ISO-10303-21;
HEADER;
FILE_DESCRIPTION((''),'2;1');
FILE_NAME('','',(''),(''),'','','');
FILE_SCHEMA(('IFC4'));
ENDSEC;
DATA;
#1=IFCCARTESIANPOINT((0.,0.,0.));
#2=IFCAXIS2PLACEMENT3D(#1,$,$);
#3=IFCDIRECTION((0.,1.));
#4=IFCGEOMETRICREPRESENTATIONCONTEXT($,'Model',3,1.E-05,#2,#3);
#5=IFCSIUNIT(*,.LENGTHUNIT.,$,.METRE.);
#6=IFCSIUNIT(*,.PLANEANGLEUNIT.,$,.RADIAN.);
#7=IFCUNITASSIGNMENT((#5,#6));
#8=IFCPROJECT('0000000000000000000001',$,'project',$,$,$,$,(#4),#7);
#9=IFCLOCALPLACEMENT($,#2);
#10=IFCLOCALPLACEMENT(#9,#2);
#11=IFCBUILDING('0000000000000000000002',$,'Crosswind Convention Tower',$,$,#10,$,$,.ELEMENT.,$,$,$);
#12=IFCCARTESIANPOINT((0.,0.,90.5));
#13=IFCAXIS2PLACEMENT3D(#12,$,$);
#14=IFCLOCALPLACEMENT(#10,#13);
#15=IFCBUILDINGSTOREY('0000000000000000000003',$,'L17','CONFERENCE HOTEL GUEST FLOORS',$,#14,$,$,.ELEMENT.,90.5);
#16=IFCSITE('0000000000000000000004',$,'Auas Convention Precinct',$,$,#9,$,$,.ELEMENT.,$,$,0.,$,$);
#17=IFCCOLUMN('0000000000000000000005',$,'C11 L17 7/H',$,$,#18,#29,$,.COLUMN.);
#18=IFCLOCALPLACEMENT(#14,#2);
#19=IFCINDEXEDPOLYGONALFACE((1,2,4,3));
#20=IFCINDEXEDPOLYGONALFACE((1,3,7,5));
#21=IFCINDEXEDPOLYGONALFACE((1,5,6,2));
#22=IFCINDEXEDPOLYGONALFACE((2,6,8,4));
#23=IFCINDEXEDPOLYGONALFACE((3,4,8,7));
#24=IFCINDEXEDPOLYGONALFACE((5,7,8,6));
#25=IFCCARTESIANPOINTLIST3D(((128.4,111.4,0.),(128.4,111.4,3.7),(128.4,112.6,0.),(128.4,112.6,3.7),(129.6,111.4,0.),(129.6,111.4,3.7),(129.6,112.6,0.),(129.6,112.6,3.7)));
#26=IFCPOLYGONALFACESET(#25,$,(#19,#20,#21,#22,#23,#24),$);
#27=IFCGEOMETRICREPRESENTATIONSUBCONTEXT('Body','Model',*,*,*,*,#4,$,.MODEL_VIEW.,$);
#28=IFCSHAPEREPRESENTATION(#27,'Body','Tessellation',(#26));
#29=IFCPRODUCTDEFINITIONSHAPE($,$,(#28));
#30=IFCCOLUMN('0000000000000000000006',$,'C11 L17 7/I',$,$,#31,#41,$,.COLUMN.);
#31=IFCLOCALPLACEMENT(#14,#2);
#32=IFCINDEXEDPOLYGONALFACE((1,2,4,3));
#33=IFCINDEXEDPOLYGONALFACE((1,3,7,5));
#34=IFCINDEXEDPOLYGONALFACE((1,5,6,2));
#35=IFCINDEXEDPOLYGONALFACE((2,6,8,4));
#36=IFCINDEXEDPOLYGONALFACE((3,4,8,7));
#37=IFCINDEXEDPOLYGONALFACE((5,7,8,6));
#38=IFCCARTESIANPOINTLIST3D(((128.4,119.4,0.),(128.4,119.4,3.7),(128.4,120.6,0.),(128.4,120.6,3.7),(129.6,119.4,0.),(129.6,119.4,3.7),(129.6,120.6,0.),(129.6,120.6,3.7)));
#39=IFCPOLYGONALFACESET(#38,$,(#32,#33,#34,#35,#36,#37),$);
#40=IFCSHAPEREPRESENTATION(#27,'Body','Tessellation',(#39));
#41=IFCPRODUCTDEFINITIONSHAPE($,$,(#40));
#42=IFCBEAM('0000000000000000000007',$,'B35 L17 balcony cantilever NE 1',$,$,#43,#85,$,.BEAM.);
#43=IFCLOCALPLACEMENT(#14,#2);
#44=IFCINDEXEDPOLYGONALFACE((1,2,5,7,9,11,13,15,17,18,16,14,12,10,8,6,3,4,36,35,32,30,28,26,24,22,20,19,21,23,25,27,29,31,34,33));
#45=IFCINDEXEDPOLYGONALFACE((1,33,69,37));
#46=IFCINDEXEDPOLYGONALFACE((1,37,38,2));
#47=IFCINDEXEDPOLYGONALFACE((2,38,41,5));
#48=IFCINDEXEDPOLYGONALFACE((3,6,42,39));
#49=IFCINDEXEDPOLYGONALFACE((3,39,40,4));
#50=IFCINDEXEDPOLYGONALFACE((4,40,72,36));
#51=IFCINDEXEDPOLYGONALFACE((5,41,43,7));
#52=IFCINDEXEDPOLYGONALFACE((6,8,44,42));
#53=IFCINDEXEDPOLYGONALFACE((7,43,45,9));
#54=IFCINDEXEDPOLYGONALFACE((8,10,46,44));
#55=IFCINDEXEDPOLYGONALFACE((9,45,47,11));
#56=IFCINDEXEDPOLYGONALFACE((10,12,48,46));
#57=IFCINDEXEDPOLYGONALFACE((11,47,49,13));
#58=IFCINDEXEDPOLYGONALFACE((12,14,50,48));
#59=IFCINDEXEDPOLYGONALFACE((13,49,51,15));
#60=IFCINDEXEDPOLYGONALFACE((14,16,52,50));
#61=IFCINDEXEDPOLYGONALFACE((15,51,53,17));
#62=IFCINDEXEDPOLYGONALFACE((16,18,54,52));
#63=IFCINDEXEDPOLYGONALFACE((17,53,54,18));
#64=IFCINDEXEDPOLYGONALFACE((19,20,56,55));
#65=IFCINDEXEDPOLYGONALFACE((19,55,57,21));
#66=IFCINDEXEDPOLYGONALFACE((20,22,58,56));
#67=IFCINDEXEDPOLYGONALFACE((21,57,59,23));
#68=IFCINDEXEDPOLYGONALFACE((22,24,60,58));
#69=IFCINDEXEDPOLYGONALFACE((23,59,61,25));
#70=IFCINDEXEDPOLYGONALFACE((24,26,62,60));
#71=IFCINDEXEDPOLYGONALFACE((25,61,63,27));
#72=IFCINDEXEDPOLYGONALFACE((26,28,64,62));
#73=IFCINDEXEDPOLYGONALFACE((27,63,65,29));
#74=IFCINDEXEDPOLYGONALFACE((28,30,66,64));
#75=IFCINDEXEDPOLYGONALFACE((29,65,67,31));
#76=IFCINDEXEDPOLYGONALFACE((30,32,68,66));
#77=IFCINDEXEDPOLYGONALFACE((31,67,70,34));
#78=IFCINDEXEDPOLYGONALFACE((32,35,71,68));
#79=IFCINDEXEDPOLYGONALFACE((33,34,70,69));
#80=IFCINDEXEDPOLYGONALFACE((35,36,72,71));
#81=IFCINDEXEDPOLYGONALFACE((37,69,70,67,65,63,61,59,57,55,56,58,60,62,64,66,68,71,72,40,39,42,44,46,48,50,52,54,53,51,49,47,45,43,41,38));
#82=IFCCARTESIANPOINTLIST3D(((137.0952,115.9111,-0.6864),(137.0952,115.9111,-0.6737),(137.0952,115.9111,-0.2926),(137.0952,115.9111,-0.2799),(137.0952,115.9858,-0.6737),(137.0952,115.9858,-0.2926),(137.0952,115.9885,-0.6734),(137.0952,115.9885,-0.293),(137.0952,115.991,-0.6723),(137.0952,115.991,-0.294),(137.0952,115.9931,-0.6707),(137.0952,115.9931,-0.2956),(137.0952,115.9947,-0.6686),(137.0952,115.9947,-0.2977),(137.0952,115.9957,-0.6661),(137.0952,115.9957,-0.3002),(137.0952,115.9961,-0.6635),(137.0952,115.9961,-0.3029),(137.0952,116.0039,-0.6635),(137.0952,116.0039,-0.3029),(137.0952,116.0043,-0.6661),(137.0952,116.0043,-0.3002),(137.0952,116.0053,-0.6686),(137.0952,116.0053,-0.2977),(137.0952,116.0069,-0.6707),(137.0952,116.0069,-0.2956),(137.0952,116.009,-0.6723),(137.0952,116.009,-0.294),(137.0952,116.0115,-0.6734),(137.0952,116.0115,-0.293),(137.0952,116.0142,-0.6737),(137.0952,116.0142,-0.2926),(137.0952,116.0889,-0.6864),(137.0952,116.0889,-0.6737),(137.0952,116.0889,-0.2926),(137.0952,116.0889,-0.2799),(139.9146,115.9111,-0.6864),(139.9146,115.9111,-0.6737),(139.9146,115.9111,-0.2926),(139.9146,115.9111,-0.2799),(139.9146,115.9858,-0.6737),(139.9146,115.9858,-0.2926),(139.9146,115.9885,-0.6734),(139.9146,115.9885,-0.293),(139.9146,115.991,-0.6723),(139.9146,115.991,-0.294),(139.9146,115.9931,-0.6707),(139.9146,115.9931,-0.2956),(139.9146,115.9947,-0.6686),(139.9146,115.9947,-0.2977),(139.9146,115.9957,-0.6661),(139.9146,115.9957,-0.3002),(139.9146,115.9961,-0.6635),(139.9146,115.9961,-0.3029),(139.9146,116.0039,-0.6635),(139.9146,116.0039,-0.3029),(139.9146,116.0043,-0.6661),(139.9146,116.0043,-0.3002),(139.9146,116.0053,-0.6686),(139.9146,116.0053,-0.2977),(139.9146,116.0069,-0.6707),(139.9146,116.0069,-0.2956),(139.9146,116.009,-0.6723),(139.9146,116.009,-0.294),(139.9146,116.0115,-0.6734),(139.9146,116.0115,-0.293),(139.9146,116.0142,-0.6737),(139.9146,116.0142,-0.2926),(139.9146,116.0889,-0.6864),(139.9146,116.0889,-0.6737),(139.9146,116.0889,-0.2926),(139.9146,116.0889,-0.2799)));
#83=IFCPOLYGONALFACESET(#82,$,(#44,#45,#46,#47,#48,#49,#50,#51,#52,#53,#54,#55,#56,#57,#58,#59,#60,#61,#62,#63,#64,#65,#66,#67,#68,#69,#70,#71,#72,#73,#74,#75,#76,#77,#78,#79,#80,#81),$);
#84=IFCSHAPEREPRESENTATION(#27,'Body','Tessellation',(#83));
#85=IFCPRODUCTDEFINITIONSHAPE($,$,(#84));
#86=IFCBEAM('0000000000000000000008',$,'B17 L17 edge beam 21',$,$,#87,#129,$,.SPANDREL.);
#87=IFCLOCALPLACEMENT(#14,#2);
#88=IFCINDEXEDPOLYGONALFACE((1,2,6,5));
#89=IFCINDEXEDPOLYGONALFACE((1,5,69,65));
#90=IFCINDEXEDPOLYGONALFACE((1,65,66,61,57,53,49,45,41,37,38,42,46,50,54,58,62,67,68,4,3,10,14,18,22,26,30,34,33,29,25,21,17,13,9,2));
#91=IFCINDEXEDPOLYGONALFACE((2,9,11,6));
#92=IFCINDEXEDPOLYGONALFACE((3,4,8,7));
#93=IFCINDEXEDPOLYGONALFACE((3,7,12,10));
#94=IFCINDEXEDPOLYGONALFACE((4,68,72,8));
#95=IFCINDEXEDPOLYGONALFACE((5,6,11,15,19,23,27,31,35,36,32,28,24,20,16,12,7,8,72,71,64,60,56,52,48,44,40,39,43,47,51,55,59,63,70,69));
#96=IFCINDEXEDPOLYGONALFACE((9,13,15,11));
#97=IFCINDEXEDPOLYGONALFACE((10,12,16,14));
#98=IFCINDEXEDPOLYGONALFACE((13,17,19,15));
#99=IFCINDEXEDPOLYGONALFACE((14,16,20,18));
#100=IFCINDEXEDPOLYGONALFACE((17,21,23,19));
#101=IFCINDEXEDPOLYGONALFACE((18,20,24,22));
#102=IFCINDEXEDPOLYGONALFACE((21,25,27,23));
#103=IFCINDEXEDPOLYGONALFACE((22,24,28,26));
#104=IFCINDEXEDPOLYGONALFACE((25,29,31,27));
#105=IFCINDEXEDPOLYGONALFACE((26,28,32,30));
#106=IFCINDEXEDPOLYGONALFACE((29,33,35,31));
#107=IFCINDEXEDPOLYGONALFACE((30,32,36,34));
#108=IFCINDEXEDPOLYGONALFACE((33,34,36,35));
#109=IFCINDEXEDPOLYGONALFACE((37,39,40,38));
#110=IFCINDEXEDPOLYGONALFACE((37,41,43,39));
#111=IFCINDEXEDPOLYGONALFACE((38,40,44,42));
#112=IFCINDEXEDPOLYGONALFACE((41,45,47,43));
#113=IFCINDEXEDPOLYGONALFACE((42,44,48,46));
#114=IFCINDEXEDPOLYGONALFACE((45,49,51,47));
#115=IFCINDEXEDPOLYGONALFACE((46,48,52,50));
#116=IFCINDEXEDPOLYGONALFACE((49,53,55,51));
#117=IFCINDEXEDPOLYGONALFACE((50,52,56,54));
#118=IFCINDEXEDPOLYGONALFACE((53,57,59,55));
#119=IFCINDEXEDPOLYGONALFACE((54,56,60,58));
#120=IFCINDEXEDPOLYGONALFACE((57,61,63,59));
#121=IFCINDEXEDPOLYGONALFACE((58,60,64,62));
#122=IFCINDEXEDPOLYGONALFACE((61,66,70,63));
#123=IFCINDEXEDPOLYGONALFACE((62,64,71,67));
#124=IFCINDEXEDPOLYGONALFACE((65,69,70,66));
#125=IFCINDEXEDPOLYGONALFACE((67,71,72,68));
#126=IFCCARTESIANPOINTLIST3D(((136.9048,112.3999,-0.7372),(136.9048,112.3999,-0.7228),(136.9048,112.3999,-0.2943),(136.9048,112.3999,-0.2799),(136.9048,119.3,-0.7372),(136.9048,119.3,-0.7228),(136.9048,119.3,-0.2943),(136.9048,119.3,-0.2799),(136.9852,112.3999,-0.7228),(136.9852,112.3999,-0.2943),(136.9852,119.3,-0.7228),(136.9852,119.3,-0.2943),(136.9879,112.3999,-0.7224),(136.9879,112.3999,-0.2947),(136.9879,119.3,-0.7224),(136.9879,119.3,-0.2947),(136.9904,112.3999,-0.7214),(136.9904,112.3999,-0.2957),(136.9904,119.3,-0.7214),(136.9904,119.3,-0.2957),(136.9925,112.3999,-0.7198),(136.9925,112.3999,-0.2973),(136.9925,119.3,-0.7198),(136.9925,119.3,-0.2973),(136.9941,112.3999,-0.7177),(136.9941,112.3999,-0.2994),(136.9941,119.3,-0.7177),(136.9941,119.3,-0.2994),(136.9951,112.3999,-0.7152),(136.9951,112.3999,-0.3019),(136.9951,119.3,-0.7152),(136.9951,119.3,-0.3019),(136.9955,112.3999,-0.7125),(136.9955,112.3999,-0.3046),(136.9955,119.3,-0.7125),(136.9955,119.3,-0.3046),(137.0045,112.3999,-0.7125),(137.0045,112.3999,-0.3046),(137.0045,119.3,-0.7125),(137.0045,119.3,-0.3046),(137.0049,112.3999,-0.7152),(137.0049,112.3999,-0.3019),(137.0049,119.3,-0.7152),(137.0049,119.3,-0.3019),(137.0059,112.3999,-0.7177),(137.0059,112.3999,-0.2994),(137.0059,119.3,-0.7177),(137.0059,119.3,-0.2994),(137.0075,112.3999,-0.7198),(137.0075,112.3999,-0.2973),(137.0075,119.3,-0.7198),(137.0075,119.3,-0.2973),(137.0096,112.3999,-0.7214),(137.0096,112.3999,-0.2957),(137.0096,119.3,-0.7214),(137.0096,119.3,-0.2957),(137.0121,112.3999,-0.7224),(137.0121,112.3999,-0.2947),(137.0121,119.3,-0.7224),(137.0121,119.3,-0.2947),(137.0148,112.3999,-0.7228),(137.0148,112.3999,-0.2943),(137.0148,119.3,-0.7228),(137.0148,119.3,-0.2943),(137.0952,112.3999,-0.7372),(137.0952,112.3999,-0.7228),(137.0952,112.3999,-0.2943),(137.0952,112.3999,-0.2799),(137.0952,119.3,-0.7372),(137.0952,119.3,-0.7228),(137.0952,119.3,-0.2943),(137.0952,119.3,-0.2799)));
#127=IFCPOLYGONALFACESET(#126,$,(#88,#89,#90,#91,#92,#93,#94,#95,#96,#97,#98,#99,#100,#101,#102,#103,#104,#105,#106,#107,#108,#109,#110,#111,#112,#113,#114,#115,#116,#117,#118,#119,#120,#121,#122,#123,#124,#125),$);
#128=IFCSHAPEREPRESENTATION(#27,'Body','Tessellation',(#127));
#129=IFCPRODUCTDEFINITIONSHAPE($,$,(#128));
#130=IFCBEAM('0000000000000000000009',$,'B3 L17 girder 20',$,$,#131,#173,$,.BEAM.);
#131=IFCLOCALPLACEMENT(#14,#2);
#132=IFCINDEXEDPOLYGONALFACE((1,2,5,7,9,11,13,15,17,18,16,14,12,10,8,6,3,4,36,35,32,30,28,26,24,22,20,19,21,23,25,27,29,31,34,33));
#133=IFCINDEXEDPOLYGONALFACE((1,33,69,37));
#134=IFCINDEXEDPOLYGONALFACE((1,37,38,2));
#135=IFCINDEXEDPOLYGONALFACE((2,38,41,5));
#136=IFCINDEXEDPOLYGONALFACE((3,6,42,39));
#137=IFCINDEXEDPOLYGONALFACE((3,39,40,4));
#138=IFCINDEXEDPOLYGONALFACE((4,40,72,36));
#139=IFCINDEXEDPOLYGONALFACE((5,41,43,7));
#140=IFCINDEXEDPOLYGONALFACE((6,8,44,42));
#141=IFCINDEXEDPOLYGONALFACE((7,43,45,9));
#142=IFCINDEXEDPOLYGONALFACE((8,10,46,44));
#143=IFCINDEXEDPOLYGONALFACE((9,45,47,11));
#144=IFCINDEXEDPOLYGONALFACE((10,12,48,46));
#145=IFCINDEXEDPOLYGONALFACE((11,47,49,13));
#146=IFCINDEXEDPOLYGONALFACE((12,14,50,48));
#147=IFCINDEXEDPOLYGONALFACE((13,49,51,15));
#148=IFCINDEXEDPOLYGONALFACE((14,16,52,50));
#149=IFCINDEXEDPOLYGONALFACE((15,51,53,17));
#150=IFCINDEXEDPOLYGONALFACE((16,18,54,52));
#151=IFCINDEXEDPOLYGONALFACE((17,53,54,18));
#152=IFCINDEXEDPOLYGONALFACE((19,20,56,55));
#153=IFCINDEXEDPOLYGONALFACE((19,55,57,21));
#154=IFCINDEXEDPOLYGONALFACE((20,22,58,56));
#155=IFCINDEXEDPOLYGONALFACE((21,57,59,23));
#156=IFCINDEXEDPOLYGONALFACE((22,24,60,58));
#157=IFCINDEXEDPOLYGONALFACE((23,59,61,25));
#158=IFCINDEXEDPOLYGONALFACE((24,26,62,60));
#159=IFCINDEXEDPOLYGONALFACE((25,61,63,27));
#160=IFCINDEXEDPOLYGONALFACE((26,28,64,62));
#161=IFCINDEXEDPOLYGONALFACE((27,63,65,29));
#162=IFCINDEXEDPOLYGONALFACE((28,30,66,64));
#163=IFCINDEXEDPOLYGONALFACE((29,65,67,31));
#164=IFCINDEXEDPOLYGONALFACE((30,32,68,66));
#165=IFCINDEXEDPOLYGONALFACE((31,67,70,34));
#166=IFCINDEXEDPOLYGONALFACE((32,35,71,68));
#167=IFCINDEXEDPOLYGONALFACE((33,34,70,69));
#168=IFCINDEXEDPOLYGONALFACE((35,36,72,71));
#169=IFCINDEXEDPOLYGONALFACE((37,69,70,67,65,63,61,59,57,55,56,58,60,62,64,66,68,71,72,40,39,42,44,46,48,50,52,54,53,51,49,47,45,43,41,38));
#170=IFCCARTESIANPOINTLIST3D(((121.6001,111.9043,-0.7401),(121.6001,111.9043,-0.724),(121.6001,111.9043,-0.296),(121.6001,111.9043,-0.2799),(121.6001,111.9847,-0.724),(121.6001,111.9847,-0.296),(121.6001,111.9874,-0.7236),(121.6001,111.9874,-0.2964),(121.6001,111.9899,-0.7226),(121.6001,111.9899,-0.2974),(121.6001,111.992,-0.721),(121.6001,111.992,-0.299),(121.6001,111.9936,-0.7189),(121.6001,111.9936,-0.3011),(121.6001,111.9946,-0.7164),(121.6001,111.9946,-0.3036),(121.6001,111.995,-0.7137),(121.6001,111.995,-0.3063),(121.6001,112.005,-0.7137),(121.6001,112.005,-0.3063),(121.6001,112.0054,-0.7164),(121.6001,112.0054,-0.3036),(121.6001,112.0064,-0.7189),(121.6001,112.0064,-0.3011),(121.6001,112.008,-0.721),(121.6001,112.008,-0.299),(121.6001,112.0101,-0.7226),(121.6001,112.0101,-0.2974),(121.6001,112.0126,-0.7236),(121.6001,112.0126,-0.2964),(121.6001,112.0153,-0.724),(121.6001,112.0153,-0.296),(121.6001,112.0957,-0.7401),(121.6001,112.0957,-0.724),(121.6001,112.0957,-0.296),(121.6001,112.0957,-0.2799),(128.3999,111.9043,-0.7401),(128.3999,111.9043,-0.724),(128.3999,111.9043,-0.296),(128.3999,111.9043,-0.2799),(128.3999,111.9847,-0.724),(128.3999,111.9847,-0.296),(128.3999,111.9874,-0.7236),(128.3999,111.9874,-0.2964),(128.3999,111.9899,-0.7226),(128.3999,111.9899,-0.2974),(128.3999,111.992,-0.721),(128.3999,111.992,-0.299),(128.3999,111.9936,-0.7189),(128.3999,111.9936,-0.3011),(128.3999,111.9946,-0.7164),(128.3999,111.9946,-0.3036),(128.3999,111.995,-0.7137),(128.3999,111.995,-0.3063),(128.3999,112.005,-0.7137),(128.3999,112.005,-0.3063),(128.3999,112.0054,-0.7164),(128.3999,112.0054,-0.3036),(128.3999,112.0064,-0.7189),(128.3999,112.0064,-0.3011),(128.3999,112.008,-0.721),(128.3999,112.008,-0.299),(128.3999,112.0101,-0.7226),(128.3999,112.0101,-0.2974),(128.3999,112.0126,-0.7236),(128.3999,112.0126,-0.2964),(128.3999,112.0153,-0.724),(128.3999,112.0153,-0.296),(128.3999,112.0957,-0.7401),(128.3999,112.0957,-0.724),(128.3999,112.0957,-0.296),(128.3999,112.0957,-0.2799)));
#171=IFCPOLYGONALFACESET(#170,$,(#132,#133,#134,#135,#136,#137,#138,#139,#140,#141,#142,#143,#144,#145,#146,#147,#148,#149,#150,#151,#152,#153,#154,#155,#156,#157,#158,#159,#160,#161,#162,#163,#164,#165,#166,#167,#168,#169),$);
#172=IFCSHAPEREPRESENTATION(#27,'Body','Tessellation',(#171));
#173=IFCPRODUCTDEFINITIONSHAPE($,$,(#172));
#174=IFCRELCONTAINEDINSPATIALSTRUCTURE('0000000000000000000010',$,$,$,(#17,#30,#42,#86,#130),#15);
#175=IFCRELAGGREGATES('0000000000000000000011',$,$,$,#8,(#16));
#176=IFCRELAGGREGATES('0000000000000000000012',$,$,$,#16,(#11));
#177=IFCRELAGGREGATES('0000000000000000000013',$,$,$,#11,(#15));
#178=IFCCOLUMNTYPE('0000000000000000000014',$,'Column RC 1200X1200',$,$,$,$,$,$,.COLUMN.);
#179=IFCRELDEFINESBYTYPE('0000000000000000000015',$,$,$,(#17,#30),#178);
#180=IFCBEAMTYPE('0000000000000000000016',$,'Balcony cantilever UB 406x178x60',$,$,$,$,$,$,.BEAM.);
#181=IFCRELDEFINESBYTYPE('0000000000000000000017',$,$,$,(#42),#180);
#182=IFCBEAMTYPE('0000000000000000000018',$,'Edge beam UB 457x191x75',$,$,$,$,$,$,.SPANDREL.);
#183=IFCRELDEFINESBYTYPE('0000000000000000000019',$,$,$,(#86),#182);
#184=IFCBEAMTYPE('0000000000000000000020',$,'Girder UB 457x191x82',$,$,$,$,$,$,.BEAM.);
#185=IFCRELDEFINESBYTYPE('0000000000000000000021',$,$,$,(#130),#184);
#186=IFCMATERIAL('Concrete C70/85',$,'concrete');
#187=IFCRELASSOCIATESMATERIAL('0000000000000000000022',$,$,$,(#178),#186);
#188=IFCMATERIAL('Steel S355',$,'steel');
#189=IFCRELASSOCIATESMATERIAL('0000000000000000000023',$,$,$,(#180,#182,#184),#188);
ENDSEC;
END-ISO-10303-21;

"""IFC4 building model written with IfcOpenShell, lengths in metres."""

from ifc_helpers import new_model, si_unit, direction, frame, origin, origin_2d, place, context, subcontext, project, spatial, rectangle, i_section, extrude, material, material_profile, profile_set, type_object, element, save


model = new_model("IFC4")

# Units and contexts
model_context = context("Model", 3, precision=1e-05, world=origin(), true_north=direction((0.0, 1.0)))
body_context = subcontext(model_context, "Body", "Model", "MODEL_VIEW")
ifc_project = project(units=[si_unit("LENGTHUNIT", "METRE"), si_unit("PLANEANGLEUNIT", "RADIAN")], contexts=[model_context])

# Site, building, storey
site_placement = place(None, origin())
site = spatial("IfcSite", under=ifc_project, at=site_placement, Name="Auas Convention Precinct", CompositionType="ELEMENT", RefElevation=0.0)
building_placement = place(site_placement, origin())
building = spatial("IfcBuilding", under=site, at=building_placement, Name="Crosswind Convention Tower", CompositionType="ELEMENT")
storey_placement = place(building_placement, frame((0.0, 0.0, 90.5)))
storey = spatial("IfcBuildingStorey", under=building, at=storey_placement, Name="L17", Description="CONFERENCE HOTEL GUEST FLOORS", CompositionType="ELEMENT", Elevation=90.5)

# Columns
ifc_material_1 = material(Name="Concrete C70/85", Category="concrete")
ifc_material_profile_1 = material_profile(ifc_material_1, rectangle(XDim=1.2, YDim=1.2, at=origin_2d()), Name="RC 1200X1200")
ifc_profile_set_1 = profile_set([ifc_material_profile_1], Name="Concrete C70/85")
column_type = type_object("IfcColumnType", Name="Column RC 1200X1200", PredefinedType="COLUMN", material=ifc_profile_set_1)
for number, where, z_axis, x_axis, name in (
    (1, (129.0, 112.0, 0.0), (0.0, 0.0, 1.0), (1.0, 0.0, 0.0), "C11 L17 7/H"),
    (2, (129.0, 120.0, 0.0), (0.0, 0.0, 1.0), (1.0, 0.0, 0.0), "C11 L17 7/I"),
):
    element("IfcColumn", number, at=place(storey_placement, frame(where, z_axis=z_axis, x_axis=x_axis)), inside=storey, type_object=column_type, Name=name, PredefinedType="COLUMN", context=body_context, shape_type="SweptSolid", body=[
        extrude(rectangle(XDim=1.2, YDim=1.2, at=origin_2d()), origin(), (0.0, 0.0, 1.0), 3.7),
    ])

# Beams
ifc_material_2 = material(Name="Steel S355", Category="steel")
ifc_material_profile_2 = material_profile(ifc_material_2, i_section(OverallWidth=0.1777, OverallDepth=0.4065, WebThickness=0.0078, FlangeThickness=0.0127, FilletRadius=0.0103, at=origin_2d()), Name="UB 406x178x60")
ifc_profile_set_2 = profile_set([ifc_material_profile_2], Name="Steel S355")
beam_type_1 = type_object("IfcBeamType", Name="Balcony cantilever UB 406x178x60", PredefinedType="BEAM", material=ifc_profile_set_2)
beam_1_placement = place(storey_placement, frame((137.0952, 116.0, -0.4832), z_axis=(1.0, 0.0, 0.0), x_axis=(0.0, 1.0, 0.0)))
element("IfcBeam", 3, at=beam_1_placement, inside=storey, type_object=beam_type_1, Name="B35 L17 balcony cantilever NE 1", PredefinedType="BEAM", context=body_context, shape_type="SweptSolid", body=[
    extrude(i_section(OverallWidth=0.1777, OverallDepth=0.4065, WebThickness=0.0078, FlangeThickness=0.0127, FilletRadius=0.0103, at=origin_2d()), origin(), (0.0, 0.0, 1.0), 2.8193),
])
ifc_material_profile_3 = material_profile(ifc_material_2, i_section(OverallWidth=0.1904, OverallDepth=0.4573, WebThickness=0.009, FlangeThickness=0.0144, FilletRadius=0.0103, at=origin_2d()), Name="UB 457x191x75")
ifc_profile_set_3 = profile_set([ifc_material_profile_3], Name="Steel S355")
beam_type_2 = type_object("IfcBeamType", Name="Edge beam UB 457x191x75", PredefinedType="SPANDREL", material=ifc_profile_set_3)
beam_2_placement = place(storey_placement, frame((137.0, 112.3999, -0.5085), z_axis=(0.0, 1.0, 0.0), x_axis=(-1.0, 0.0, 0.0)))
element("IfcBeam", 4, at=beam_2_placement, inside=storey, type_object=beam_type_2, Name="B17 L17 edge beam 21", PredefinedType="SPANDREL", context=body_context, shape_type="SweptSolid", body=[
    extrude(i_section(OverallWidth=0.1904, OverallDepth=0.4573, WebThickness=0.009, FlangeThickness=0.0144, FilletRadius=0.0103, at=origin_2d()), origin(), (0.0, 0.0, 1.0), 6.9001),
])
ifc_material_profile_4 = material_profile(ifc_material_2, i_section(OverallWidth=0.1914, OverallDepth=0.4602, WebThickness=0.01, FlangeThickness=0.0161, FilletRadius=0.0103, at=origin_2d()), Name="UB 457x191x82")
ifc_profile_set_4 = profile_set([ifc_material_profile_4], Name="Steel S355")
beam_type_3 = type_object("IfcBeamType", Name="Girder UB 457x191x82", PredefinedType="BEAM", material=ifc_profile_set_4)
for number, where, z_axis, x_axis, name in (
    (5, (121.6001, 112.0, -0.51), (1.0, 0.0, 0.0), (0.0, 1.0, 0.0), "B3 L17 girder 20"),
):
    element("IfcBeam", number, at=place(storey_placement, frame(where, z_axis=z_axis, x_axis=x_axis)), inside=storey, type_object=beam_type_3, Name=name, PredefinedType="BEAM", context=body_context, shape_type="SweptSolid", body=[
        extrude(i_section(OverallWidth=0.1914, OverallDepth=0.4602, WebThickness=0.01, FlangeThickness=0.0161, FilletRadius=0.0103, at=origin_2d()), origin(), (0.0, 0.0, 1.0), 6.7998),
    ])

save(model, "model.ifc")
